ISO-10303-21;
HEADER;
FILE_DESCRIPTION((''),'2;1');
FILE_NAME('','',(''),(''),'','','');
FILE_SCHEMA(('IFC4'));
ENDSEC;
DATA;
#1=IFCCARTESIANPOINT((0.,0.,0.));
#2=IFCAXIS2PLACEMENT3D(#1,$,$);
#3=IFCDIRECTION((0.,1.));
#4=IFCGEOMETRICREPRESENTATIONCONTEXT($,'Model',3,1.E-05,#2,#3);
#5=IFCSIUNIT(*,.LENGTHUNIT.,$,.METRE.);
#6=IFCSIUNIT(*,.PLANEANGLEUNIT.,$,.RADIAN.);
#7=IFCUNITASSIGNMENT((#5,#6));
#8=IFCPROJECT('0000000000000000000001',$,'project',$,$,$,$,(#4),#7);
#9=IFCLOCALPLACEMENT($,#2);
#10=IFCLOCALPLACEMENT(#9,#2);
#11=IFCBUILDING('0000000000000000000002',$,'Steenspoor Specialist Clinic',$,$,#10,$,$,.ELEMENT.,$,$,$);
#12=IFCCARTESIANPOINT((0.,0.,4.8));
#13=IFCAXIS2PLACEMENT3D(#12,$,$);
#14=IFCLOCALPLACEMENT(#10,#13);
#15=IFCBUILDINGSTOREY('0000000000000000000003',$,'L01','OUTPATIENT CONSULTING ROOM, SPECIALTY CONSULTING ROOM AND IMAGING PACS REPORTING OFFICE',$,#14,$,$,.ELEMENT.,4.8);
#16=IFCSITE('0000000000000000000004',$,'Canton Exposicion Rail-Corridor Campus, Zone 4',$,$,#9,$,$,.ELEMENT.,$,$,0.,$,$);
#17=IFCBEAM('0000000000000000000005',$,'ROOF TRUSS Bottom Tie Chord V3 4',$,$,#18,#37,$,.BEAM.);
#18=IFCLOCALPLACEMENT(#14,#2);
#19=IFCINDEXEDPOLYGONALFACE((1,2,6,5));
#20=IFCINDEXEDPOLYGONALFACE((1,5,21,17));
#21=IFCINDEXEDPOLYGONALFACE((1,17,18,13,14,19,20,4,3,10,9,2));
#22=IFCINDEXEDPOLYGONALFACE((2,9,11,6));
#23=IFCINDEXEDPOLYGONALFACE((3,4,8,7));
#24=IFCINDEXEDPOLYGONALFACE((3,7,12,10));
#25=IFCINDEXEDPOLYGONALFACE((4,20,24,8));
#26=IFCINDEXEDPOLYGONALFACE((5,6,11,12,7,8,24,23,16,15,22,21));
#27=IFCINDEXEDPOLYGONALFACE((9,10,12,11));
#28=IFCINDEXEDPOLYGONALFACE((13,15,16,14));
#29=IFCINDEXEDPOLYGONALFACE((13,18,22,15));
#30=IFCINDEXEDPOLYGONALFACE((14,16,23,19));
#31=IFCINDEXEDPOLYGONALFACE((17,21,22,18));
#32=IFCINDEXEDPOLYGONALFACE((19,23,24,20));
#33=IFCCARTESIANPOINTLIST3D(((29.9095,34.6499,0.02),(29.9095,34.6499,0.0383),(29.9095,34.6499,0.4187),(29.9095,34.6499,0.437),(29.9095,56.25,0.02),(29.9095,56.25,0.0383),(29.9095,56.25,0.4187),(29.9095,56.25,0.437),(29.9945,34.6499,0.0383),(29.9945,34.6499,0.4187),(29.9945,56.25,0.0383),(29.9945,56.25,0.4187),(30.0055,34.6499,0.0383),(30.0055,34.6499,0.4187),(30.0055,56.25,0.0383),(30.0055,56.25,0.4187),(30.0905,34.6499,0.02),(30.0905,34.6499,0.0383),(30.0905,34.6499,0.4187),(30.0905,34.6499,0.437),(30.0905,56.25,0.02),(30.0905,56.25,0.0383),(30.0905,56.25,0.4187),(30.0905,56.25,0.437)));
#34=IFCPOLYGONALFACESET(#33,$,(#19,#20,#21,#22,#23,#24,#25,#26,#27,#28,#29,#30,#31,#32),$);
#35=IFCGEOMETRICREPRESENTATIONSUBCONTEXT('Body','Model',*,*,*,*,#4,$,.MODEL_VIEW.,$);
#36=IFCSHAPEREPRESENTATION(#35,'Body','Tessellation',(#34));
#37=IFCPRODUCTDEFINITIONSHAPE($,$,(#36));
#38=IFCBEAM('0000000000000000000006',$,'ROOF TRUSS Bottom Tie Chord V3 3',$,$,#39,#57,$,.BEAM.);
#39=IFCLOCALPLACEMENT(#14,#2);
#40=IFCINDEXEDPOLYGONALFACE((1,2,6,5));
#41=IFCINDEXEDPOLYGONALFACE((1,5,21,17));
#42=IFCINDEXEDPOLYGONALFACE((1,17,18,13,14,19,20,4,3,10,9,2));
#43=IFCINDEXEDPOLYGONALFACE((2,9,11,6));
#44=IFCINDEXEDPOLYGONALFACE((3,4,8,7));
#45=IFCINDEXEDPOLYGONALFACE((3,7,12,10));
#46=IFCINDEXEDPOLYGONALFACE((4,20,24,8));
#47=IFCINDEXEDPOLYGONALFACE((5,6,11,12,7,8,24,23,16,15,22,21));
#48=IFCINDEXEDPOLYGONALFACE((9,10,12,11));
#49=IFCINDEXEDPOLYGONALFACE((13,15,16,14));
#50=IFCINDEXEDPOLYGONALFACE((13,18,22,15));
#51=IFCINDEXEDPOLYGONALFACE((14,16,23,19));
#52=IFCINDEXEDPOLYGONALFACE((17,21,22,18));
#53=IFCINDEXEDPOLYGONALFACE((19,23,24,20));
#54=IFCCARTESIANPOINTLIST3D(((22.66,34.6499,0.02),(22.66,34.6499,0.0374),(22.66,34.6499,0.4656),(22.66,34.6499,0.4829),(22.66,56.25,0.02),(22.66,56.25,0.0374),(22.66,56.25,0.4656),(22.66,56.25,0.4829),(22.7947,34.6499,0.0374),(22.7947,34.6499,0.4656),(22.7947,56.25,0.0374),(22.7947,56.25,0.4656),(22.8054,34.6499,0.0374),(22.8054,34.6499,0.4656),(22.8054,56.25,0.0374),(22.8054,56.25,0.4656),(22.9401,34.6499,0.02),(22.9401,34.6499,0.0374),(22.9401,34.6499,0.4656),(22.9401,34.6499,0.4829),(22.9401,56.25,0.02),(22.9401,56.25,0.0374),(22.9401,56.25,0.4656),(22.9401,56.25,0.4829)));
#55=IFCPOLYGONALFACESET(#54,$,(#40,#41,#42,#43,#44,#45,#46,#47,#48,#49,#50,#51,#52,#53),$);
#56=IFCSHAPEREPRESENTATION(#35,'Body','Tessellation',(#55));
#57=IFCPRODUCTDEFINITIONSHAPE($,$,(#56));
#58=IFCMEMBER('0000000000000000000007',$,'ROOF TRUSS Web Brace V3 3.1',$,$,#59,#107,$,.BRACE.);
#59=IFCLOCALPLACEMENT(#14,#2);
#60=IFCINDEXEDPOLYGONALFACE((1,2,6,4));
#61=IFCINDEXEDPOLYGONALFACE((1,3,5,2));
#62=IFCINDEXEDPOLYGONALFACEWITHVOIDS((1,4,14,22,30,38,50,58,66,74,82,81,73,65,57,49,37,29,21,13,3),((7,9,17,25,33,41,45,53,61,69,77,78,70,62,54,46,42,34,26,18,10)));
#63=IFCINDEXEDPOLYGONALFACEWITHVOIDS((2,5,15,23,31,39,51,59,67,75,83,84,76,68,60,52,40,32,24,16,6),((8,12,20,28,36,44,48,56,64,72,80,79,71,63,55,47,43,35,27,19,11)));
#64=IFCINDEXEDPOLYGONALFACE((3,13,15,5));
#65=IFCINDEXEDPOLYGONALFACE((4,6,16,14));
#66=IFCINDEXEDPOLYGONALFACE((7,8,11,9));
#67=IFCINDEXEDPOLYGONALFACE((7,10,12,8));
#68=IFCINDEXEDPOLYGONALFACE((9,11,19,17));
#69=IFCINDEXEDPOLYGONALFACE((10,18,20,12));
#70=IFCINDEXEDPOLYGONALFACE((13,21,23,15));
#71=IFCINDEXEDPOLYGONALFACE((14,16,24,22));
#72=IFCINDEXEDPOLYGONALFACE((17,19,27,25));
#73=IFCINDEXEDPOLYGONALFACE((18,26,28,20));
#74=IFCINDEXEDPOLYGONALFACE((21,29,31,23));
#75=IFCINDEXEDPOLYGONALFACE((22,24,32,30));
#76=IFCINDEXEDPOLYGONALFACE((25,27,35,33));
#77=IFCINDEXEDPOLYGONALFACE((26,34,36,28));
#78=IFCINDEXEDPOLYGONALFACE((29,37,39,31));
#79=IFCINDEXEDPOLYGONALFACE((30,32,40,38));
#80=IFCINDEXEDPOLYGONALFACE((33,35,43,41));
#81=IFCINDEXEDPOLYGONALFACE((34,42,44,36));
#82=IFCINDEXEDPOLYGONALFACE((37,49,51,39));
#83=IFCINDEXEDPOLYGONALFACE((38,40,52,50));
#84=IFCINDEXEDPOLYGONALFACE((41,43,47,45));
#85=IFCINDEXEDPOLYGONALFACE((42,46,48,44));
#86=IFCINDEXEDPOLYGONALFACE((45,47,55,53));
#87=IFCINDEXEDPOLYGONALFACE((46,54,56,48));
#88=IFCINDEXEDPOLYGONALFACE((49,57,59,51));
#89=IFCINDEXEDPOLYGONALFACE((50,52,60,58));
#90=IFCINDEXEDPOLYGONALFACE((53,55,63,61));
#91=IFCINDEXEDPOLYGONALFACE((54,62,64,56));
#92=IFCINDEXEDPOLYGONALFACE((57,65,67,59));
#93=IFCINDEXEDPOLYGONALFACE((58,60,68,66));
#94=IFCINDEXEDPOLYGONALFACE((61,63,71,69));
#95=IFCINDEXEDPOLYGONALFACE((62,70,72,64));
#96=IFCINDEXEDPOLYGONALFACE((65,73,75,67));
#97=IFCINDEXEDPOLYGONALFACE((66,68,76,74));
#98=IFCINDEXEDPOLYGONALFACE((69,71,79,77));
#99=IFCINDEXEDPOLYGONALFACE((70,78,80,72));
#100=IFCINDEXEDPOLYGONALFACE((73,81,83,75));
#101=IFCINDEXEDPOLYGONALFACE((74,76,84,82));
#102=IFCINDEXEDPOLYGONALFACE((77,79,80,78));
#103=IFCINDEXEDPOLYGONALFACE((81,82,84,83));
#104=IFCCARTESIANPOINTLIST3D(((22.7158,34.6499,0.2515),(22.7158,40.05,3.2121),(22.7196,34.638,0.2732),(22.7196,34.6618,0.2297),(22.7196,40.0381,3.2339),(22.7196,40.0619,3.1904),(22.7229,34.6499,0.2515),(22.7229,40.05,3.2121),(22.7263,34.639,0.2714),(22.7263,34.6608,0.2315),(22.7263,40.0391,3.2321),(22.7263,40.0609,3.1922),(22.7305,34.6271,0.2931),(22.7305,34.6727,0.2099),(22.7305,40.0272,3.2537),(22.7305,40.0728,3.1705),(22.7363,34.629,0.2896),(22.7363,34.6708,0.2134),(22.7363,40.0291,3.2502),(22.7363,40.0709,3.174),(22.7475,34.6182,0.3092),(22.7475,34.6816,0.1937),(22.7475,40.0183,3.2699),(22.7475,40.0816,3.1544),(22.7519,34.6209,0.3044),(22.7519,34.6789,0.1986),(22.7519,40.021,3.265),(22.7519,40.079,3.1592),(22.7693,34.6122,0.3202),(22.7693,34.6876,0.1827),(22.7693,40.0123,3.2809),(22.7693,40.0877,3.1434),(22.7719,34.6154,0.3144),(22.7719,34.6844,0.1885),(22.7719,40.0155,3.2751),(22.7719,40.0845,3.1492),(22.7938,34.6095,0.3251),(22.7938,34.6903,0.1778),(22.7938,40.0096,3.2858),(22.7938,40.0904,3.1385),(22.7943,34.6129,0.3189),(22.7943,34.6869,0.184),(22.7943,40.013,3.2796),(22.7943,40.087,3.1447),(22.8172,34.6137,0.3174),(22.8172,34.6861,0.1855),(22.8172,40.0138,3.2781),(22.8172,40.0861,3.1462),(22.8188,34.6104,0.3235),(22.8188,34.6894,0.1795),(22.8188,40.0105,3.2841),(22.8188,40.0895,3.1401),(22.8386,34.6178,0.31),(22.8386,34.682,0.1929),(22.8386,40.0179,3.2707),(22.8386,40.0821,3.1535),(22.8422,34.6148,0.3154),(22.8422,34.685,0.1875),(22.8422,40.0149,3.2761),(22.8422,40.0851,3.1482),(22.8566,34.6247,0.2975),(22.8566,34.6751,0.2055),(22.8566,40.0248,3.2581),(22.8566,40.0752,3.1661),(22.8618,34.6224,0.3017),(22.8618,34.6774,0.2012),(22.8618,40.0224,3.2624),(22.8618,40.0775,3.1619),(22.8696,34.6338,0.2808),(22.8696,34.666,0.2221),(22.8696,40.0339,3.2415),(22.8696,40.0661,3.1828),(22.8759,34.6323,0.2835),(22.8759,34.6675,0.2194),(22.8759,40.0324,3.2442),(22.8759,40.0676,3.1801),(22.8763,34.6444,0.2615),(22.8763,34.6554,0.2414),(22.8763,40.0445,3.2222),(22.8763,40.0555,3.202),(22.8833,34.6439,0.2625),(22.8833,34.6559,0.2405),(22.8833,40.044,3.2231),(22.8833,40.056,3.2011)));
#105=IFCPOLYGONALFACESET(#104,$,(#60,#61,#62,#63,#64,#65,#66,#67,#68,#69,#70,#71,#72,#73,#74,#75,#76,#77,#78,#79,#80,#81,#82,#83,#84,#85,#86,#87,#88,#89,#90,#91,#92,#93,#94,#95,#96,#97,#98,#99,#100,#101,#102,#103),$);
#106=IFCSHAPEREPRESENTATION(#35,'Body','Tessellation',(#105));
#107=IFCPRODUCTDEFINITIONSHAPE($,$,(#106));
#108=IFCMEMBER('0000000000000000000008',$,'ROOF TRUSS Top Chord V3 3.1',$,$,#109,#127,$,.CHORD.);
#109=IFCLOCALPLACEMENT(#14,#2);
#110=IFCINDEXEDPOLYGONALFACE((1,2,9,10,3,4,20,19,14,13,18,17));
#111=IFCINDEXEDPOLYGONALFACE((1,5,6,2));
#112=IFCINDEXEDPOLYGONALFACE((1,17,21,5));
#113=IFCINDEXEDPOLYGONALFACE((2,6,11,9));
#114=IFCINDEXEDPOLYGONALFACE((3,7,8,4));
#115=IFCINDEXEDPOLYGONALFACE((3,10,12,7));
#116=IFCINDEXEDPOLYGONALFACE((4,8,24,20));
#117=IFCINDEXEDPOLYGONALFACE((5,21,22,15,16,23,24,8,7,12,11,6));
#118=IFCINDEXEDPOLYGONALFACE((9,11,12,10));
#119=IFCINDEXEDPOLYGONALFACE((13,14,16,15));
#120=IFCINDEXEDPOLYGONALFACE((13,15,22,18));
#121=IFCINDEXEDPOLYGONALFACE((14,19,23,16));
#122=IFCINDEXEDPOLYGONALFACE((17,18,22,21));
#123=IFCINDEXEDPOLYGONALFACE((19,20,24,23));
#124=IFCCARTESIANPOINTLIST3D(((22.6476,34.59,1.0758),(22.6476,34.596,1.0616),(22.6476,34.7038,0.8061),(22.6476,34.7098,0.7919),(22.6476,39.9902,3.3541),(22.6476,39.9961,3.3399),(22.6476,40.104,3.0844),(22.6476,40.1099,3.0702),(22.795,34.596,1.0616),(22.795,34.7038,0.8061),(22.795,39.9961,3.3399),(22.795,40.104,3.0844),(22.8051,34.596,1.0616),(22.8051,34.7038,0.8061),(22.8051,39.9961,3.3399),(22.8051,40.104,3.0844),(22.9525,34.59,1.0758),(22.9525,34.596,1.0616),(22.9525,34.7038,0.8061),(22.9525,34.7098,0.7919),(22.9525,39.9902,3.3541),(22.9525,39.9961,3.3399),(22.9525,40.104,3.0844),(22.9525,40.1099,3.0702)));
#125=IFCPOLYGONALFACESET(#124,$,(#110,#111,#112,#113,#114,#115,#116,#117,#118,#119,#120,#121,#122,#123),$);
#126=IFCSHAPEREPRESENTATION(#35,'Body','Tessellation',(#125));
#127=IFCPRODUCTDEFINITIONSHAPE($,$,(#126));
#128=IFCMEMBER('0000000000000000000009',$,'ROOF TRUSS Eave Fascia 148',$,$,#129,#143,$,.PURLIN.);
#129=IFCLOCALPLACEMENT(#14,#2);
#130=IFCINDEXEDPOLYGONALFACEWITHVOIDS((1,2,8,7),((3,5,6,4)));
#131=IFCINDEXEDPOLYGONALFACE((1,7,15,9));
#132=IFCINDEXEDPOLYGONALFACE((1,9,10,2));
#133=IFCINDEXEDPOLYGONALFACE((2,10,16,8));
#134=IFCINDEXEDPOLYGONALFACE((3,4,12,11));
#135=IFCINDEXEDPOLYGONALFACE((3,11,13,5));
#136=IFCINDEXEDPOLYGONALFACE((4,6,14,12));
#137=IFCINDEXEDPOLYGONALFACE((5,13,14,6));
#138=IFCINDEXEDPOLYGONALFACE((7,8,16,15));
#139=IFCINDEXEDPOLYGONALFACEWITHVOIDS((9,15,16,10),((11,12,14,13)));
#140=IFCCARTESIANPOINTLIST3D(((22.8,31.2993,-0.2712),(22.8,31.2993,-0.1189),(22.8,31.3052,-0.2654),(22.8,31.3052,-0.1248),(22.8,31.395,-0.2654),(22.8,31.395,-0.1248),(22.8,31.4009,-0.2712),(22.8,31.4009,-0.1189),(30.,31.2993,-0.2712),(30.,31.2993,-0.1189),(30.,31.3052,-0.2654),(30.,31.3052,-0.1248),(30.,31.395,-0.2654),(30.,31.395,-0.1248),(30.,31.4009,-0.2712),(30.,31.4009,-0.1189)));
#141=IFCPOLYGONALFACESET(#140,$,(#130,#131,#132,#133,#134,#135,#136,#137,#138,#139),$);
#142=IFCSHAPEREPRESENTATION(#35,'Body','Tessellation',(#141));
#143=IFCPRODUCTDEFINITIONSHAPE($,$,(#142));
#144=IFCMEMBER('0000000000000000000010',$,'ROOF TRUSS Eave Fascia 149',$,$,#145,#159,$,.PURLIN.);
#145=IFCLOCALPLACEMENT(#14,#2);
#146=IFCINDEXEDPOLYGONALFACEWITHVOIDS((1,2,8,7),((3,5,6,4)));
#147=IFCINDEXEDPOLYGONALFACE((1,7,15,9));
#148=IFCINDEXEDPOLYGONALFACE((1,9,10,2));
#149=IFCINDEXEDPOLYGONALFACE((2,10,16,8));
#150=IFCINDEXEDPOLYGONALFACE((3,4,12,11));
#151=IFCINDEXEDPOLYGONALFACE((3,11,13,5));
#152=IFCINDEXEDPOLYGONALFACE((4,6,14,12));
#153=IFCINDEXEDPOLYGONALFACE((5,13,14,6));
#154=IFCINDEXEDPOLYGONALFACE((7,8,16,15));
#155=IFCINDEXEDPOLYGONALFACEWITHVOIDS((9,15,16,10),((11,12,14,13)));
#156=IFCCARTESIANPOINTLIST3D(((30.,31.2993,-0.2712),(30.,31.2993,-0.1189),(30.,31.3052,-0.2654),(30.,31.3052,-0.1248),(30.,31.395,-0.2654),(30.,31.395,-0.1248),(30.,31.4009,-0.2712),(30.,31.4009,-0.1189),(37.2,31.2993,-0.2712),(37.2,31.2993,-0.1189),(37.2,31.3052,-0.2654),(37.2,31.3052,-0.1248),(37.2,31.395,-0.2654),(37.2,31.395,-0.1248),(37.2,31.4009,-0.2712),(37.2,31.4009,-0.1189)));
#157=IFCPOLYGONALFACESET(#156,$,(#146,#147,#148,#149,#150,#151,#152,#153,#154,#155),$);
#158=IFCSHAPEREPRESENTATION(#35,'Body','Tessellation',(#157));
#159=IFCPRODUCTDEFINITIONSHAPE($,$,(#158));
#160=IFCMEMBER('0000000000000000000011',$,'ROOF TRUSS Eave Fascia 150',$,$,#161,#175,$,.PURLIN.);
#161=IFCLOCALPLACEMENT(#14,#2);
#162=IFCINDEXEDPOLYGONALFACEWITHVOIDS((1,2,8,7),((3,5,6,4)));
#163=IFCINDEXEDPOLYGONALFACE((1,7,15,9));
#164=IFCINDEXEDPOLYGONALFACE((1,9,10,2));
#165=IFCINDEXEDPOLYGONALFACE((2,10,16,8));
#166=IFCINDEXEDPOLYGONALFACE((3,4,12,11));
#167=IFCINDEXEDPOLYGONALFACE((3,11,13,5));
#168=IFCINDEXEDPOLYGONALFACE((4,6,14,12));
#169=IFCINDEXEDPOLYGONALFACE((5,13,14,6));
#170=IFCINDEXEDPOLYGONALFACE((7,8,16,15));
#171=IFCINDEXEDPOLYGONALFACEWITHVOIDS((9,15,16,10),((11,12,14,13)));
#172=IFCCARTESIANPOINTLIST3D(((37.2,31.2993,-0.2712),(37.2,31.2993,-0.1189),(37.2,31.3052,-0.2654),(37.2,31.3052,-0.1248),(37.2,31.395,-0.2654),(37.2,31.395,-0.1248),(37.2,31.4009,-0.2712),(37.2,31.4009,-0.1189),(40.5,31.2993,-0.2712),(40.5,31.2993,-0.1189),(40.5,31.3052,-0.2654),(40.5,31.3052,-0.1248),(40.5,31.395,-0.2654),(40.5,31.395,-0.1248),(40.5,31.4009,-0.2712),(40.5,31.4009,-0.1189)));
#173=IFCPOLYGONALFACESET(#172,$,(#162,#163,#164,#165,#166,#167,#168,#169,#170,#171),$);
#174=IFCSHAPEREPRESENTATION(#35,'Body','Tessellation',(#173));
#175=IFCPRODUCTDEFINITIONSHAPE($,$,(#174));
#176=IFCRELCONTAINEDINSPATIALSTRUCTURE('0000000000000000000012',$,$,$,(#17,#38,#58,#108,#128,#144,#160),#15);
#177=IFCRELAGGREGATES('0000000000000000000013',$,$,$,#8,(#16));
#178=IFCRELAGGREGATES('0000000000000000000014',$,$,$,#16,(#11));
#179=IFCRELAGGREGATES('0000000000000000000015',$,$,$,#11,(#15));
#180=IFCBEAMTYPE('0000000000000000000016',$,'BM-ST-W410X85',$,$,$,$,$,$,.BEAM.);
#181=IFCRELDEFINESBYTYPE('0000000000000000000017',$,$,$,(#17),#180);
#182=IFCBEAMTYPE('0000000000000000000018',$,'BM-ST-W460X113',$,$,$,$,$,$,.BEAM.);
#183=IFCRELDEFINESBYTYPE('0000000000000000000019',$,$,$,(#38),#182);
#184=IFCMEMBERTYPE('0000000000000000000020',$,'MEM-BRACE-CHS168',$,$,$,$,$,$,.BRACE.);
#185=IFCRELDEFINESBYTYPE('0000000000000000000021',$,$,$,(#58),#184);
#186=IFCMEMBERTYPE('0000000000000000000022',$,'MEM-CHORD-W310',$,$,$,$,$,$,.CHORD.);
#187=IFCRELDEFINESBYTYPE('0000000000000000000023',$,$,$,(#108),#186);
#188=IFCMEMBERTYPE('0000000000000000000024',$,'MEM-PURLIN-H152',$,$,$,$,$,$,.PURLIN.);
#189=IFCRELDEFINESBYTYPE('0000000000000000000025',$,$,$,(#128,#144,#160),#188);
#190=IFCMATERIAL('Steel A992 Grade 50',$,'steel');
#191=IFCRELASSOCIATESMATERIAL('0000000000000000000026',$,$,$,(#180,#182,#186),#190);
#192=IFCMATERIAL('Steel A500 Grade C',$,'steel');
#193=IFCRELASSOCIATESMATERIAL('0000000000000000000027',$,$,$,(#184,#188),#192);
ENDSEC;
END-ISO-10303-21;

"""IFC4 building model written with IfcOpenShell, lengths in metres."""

from ifc_helpers import new_model, si_unit, direction, frame, origin, origin_2d, place, context, subcontext, project, spatial, hollow_rectangle, hollow_circle, i_section, extrude, material, material_profile, profile_set, type_object, element, save


model = new_model("IFC4")

# Units and contexts
model_context = context("Model", 3, precision=1e-05, world=origin(), true_north=direction((0.0, 1.0)))
body_context = subcontext(model_context, "Body", "Model", "MODEL_VIEW")
ifc_project = project(units=[si_unit("LENGTHUNIT", "METRE"), si_unit("PLANEANGLEUNIT", "RADIAN")], contexts=[model_context])

# Site, building, storey
site_placement = place(None, origin())
site = spatial("IfcSite", under=ifc_project, at=site_placement, Name="Canton Exposicion Rail-Corridor Campus, Zone 4", CompositionType="ELEMENT", RefElevation=0.0)
building_placement = place(site_placement, origin())
building = spatial("IfcBuilding", under=site, at=building_placement, Name="Steenspoor Specialist Clinic", CompositionType="ELEMENT")
storey_placement = place(building_placement, frame((0.0, 0.0, 4.8)))
storey = spatial("IfcBuildingStorey", under=building, at=storey_placement, Name="L01", Description="OUTPATIENT CONSULTING ROOM, SPECIALTY CONSULTING ROOM AND IMAGING PACS REPORTING OFFICE", CompositionType="ELEMENT", Elevation=4.8)

# Beams
ifc_material_1 = material(Name="Steel A992 Grade 50", Category="steel")
ifc_material_profile_1 = material_profile(ifc_material_1, i_section(OverallWidth=0.1809, OverallDepth=0.417, WebThickness=0.011, FlangeThickness=0.0183, at=origin_2d()), Name="W410X85")
ifc_profile_set_1 = profile_set([ifc_material_profile_1], Name="Steel A992 Grade 50")
beam_type_1 = type_object("IfcBeamType", Name="BM-ST-W410X85", PredefinedType="BEAM", material=ifc_profile_set_1)
beam_1_placement = place(storey_placement, frame((30.0, 34.6499, 0.2285), z_axis=(0.0, 1.0, 0.0), x_axis=(-1.0, 0.0, 0.0)))
element("IfcBeam", 1, at=beam_1_placement, inside=storey, type_object=beam_type_1, Name="ROOF TRUSS Bottom Tie Chord V3 4", PredefinedType="BEAM", context=body_context, shape_type="SweptSolid", body=[
    extrude(i_section(OverallWidth=0.1809, OverallDepth=0.417, WebThickness=0.011, FlangeThickness=0.0183, at=origin_2d()), origin(), (0.0, 0.0, 1.0), 21.6001),
])
ifc_material_profile_2 = material_profile(ifc_material_1, i_section(OverallWidth=0.28, OverallDepth=0.4629, WebThickness=0.0107, FlangeThickness=0.0173, at=origin_2d()), Name="W460X113")
ifc_profile_set_2 = profile_set([ifc_material_profile_2], Name="Steel A992 Grade 50")
beam_type_2 = type_object("IfcBeamType", Name="BM-ST-W460X113", PredefinedType="BEAM", material=ifc_profile_set_2)
beam_2_placement = place(storey_placement, frame((22.8, 34.6499, 0.2515), z_axis=(0.0, 1.0, 0.0), x_axis=(-1.0, 0.0, 0.0)))
element("IfcBeam", 2, at=beam_2_placement, inside=storey, type_object=beam_type_2, Name="ROOF TRUSS Bottom Tie Chord V3 3", PredefinedType="BEAM", context=body_context, shape_type="SweptSolid", body=[
    extrude(i_section(OverallWidth=0.28, OverallDepth=0.4629, WebThickness=0.0107, FlangeThickness=0.0173, at=origin_2d()), origin(), (0.0, 0.0, 1.0), 21.6001),
])

# Members
ifc_material_2 = material(Name="Steel A500 Grade C", Category="steel")
ifc_material_profile_3 = material_profile(ifc_material_2, hollow_circle(Radius=0.0842, WallThickness=0.0071, at=origin_2d()), Name="CHS168X7.1")
ifc_profile_set_3 = profile_set([ifc_material_profile_3], Name="Steel A500 Grade C")
member_type_1 = type_object("IfcMemberType", Name="MEM-BRACE-CHS168", PredefinedType="BRACE", material=ifc_profile_set_3)
member_1_placement = place(storey_placement, frame((22.8, 34.6499, 0.2515), z_axis=(0.0, 0.876859, 0.480748), x_axis=(-1.0, 0.0, 0.0)))
element("IfcMember", 3, at=member_1_placement, inside=storey, type_object=member_type_1, Name="ROOF TRUSS Web Brace V3 3.1", PredefinedType="BRACE", context=body_context, shape_type="SweptSolid", body=[
    extrude(hollow_circle(Radius=0.0842, WallThickness=0.0071, at=origin_2d()), origin(), (0.0, 0.0, 1.0), 6.1584),
])
ifc_material_profile_4 = material_profile(ifc_material_1, i_section(OverallWidth=0.3049, OverallDepth=0.3081, WebThickness=0.01, FlangeThickness=0.0154, at=origin_2d()), Name="W310X97")
ifc_profile_set_4 = profile_set([ifc_material_profile_4], Name="Steel A992 Grade 50")
member_type_2 = type_object("IfcMemberType", Name="MEM-CHORD-W310", PredefinedType="CHORD", material=ifc_profile_set_4)
member_2_placement = place(storey_placement, frame((22.8, 34.6499, 0.9338), z_axis=(0.0, 0.921356, 0.38872), x_axis=(-1.0, 0.0, 0.0)))
element("IfcMember", 4, at=member_2_placement, inside=storey, type_object=member_type_2, Name="ROOF TRUSS Top Chord V3 3.1", PredefinedType="CHORD", context=body_context, shape_type="SweptSolid", body=[
    extrude(i_section(OverallWidth=0.3049, OverallDepth=0.3081, WebThickness=0.01, FlangeThickness=0.0154, at=origin_2d()), origin(), (0.0, 0.0, 1.0), 5.8611),
])
ifc_material_profile_5 = material_profile(ifc_material_2, hollow_rectangle(XDim=0.1016, YDim=0.1523, WallThickness=0.0059, at=origin_2d()), Name="HSS152X102X6.4")
ifc_profile_set_5 = profile_set([ifc_material_profile_5], Name="Steel A500 Grade C")
member_type_3 = type_object("IfcMemberType", Name="MEM-PURLIN-H152", PredefinedType="PURLIN", material=ifc_profile_set_5)
for number, where, z_axis, x_axis, name in (
    (5, (22.8, 31.3501, -0.1951), (1.0, 0.0, 0.0), (0.0, 1.0, 0.0), "ROOF TRUSS Eave Fascia 148"),
    (6, (30.0, 31.3501, -0.1951), (1.0, 0.0, 0.0), (0.0, 1.0, 0.0), "ROOF TRUSS Eave Fascia 149"),
):
    element("IfcMember", number, at=place(storey_placement, frame(where, z_axis=z_axis, x_axis=x_axis)), inside=storey, type_object=member_type_3, Name=name, PredefinedType="PURLIN", context=body_context, shape_type="SweptSolid", body=[
        extrude(hollow_rectangle(XDim=0.1016, YDim=0.1523, WallThickness=0.0059, at=origin_2d()), origin(), (0.0, 0.0, 1.0), 7.2),
    ])
member_3_placement = place(storey_placement, frame((37.2, 31.3501, -0.1951), z_axis=(1.0, 0.0, 0.0), x_axis=(0.0, 1.0, 0.0)))
element("IfcMember", 7, at=member_3_placement, inside=storey, type_object=member_type_3, Name="ROOF TRUSS Eave Fascia 150", PredefinedType="PURLIN", context=body_context, shape_type="SweptSolid", body=[
    extrude(hollow_rectangle(XDim=0.1016, YDim=0.1523, WallThickness=0.0059, at=origin_2d()), origin(), (0.0, 0.0, 1.0), 3.3),
])

save(model, "model.ifc")
